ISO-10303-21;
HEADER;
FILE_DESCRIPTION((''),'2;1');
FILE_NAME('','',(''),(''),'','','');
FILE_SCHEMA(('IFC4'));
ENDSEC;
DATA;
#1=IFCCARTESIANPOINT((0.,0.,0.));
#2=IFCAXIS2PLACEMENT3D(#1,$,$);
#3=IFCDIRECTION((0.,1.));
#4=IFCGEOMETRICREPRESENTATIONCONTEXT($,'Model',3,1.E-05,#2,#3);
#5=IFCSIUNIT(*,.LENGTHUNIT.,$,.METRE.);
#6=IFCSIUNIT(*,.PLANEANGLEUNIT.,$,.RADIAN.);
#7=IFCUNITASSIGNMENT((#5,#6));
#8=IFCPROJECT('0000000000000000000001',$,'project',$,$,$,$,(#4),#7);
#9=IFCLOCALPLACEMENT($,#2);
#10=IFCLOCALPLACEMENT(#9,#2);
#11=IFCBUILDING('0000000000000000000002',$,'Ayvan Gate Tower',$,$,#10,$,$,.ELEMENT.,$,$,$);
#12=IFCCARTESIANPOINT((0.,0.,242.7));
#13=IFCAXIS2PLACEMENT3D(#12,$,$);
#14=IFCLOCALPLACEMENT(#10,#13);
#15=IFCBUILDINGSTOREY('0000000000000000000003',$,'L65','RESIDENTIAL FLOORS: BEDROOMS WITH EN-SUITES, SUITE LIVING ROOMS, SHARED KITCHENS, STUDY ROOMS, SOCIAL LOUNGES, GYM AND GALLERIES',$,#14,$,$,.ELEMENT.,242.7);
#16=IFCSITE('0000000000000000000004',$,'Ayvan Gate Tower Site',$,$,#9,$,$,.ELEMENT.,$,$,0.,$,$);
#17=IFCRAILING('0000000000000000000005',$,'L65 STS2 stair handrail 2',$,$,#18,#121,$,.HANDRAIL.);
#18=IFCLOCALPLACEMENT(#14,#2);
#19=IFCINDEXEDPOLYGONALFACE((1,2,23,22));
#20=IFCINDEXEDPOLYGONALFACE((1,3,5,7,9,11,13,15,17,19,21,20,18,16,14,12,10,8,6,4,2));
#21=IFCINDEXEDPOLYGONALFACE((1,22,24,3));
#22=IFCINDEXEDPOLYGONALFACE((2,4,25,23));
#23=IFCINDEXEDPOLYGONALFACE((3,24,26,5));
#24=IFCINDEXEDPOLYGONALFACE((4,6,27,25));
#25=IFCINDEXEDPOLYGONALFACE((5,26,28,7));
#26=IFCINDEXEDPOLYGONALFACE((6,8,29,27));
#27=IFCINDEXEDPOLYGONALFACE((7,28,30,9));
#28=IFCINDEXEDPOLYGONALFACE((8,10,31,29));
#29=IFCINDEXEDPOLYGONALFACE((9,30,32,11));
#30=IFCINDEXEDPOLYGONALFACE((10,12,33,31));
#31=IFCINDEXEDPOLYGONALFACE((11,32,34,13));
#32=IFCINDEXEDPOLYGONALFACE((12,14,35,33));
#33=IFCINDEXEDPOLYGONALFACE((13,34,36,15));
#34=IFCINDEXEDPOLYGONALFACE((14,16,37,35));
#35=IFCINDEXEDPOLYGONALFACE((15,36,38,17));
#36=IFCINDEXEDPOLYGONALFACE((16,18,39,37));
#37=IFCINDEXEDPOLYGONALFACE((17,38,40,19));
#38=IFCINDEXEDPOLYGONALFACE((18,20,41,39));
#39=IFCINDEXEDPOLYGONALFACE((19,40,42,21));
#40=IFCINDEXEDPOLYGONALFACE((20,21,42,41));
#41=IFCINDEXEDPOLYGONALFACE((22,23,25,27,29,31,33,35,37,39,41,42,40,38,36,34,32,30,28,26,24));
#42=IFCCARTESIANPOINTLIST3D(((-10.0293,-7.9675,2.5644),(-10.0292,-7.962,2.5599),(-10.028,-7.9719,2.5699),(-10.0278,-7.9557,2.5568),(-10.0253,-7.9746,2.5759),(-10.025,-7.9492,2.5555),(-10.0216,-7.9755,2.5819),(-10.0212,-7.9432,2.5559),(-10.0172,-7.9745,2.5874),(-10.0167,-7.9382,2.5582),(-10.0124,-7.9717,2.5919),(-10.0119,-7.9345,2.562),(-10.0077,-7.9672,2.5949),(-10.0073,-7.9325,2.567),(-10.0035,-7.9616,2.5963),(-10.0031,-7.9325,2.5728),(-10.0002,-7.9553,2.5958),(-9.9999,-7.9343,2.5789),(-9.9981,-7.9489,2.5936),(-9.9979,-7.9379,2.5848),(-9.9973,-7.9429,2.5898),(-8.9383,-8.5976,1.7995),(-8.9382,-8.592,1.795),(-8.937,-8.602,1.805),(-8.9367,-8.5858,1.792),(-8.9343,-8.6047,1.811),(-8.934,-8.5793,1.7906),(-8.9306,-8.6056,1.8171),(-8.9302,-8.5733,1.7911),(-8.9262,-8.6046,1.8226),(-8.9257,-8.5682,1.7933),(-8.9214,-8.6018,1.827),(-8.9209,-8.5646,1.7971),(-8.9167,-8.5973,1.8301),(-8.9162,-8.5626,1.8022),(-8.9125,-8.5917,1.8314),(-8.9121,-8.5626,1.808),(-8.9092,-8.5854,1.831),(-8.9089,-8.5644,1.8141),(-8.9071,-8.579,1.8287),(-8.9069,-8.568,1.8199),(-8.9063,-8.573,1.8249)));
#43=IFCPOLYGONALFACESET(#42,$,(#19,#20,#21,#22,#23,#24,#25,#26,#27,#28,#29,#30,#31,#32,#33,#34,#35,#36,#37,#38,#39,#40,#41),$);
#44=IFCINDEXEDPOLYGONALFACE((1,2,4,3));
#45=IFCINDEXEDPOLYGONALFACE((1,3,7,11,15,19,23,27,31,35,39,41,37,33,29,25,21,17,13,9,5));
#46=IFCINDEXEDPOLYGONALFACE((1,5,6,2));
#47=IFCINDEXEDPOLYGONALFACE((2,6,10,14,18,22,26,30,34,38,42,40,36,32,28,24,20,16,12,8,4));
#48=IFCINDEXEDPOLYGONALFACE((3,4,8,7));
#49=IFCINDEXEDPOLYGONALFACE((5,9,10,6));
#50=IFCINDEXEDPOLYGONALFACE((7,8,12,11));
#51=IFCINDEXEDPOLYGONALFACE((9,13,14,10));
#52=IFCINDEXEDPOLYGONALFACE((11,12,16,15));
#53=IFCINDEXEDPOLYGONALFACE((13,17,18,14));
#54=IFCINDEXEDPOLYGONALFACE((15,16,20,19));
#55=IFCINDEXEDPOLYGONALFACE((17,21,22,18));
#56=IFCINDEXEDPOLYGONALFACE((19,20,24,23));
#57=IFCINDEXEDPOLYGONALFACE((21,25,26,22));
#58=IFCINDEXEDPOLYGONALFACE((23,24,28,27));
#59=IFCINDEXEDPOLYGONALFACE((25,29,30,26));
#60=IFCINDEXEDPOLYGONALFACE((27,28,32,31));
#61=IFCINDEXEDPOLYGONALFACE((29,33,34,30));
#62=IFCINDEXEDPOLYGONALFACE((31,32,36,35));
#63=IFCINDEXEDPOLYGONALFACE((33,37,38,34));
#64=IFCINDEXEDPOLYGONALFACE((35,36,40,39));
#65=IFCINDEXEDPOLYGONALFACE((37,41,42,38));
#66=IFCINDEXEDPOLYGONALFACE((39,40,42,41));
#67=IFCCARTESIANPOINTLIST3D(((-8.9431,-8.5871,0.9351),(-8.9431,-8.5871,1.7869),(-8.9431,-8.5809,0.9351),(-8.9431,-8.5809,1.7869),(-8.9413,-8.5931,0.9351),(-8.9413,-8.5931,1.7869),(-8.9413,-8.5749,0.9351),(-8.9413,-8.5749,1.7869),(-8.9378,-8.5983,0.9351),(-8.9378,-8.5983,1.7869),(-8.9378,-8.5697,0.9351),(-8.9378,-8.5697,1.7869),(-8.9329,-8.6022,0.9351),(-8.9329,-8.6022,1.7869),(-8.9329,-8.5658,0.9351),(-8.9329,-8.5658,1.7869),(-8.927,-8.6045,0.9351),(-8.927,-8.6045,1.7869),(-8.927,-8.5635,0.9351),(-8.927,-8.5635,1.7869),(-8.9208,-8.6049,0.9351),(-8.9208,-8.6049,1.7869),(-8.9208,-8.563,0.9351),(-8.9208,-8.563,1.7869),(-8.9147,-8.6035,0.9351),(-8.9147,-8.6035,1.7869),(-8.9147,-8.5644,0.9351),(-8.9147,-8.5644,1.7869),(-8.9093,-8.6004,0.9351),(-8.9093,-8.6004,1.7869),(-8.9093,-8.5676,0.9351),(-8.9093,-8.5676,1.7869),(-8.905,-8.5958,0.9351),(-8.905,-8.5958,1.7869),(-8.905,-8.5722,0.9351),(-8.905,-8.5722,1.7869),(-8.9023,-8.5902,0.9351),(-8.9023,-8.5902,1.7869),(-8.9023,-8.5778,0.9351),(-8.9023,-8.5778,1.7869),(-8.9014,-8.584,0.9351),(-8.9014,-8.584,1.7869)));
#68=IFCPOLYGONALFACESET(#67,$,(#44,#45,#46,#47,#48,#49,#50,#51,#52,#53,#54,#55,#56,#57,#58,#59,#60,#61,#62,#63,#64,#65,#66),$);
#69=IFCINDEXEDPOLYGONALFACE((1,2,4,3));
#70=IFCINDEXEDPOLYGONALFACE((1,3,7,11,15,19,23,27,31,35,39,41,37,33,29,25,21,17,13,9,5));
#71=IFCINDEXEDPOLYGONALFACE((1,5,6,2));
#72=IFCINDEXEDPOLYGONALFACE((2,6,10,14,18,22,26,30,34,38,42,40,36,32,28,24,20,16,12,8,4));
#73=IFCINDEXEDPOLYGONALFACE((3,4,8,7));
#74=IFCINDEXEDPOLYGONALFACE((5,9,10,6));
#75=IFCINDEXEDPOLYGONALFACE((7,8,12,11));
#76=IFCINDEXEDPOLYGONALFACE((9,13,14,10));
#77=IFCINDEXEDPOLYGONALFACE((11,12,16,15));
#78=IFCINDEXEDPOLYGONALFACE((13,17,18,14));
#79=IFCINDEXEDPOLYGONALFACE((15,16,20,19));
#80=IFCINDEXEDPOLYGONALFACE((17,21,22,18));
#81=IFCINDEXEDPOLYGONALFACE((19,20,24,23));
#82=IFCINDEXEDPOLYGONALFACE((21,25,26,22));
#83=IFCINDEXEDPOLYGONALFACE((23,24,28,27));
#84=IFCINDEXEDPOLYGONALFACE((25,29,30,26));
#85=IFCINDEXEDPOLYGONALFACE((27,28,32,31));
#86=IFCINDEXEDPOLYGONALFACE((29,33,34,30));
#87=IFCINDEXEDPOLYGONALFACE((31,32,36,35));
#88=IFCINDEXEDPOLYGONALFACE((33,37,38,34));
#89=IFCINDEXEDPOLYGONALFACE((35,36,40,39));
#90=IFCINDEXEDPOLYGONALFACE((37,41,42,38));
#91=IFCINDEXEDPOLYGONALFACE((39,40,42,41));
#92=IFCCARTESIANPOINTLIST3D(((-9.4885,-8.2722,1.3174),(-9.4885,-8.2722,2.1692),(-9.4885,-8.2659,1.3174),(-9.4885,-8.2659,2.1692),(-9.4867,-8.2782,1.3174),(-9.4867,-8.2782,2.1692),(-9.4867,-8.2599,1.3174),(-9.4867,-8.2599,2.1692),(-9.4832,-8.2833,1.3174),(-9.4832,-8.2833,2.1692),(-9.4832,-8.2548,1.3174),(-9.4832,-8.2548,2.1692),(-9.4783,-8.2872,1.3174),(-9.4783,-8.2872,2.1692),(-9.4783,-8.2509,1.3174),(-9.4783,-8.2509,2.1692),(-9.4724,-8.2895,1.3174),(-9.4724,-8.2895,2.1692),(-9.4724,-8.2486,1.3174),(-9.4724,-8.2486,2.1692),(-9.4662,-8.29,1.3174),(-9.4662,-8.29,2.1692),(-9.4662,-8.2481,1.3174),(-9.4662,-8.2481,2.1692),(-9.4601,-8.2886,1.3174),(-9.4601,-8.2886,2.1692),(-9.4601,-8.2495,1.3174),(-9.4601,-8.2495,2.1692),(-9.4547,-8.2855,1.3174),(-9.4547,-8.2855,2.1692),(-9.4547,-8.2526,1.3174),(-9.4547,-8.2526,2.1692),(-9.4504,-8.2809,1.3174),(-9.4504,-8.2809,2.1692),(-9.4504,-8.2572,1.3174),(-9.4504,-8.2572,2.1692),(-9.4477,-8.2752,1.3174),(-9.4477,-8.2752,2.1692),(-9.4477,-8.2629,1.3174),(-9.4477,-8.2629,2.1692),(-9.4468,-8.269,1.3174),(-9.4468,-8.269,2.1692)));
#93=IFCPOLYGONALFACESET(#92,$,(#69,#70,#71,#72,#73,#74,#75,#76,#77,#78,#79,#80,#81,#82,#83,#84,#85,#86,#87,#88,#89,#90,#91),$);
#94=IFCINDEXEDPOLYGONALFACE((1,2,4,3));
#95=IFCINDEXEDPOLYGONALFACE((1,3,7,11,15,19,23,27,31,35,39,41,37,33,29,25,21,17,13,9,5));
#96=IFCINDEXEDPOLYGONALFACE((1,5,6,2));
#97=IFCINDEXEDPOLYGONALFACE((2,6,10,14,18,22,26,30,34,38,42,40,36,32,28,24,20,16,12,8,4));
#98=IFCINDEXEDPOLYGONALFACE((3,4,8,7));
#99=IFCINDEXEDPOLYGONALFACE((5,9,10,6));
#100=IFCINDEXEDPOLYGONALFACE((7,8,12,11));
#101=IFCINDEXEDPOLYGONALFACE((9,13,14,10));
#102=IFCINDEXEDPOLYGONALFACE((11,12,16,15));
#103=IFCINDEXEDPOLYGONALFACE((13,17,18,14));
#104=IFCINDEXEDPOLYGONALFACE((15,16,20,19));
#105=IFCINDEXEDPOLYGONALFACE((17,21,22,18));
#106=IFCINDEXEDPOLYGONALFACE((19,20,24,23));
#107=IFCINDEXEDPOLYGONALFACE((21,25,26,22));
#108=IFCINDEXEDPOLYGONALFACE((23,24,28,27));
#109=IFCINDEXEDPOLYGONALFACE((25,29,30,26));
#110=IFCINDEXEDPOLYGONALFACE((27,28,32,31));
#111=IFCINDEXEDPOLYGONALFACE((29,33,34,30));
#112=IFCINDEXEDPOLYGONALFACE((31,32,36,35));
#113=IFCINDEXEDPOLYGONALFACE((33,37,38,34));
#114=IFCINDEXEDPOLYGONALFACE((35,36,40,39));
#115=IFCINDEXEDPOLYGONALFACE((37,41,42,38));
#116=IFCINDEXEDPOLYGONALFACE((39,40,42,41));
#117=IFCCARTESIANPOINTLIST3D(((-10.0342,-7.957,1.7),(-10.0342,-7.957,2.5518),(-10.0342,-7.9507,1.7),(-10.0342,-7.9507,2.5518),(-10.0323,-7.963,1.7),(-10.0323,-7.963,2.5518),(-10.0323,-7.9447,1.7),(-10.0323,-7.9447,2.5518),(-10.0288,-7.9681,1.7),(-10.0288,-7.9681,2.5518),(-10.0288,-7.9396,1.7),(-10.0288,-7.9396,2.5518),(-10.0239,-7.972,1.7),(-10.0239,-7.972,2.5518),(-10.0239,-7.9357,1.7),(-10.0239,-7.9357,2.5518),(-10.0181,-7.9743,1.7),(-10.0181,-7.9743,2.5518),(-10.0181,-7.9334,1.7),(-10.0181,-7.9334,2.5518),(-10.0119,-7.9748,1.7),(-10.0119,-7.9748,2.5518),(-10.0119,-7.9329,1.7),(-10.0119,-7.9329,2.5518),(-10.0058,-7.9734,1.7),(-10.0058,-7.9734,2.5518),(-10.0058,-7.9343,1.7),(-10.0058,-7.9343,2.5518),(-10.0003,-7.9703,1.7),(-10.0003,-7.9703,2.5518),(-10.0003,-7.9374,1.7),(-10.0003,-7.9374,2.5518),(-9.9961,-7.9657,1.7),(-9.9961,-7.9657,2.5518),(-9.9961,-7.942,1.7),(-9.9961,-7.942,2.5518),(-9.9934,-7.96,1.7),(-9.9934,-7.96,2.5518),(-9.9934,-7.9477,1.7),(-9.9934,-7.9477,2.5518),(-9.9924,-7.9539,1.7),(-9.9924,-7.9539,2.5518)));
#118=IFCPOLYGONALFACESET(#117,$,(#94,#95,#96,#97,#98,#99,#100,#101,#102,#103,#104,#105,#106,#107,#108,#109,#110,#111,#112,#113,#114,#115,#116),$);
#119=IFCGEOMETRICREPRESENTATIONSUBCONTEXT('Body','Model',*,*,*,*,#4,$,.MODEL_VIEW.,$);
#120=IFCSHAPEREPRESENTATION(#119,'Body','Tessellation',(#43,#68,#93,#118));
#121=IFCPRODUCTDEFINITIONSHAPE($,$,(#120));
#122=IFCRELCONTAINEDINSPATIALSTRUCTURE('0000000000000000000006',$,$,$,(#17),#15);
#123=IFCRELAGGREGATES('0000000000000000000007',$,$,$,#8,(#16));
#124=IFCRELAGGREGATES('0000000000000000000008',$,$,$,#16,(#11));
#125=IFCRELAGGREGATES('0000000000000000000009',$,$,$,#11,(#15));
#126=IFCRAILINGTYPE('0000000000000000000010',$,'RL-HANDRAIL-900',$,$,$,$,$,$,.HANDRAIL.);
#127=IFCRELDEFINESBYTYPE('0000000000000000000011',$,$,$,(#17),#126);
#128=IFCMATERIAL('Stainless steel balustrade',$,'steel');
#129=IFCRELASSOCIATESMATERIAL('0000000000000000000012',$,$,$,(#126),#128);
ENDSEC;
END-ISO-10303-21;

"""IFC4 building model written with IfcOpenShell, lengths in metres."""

from ifc_helpers import new_model, si_unit, direction, frame, origin, origin_2d, place, context, subcontext, project, spatial, circle, extrude, material, type_object, element, save


model = new_model("IFC4")

# Units and contexts
model_context = context("Model", 3, precision=1e-05, world=origin(), true_north=direction((0.0, 1.0)))
body_context = subcontext(model_context, "Body", "Model", "MODEL_VIEW")
ifc_project = project(units=[si_unit("LENGTHUNIT", "METRE"), si_unit("PLANEANGLEUNIT", "RADIAN")], contexts=[model_context])

# Site, building, storey
site_placement = place(None, origin())
site = spatial("IfcSite", under=ifc_project, at=site_placement, Name="Ayvan Gate Tower Site", CompositionType="ELEMENT", RefElevation=0.0)
building_placement = place(site_placement, origin())
building = spatial("IfcBuilding", under=site, at=building_placement, Name="Ayvan Gate Tower", CompositionType="ELEMENT")
storey_placement = place(building_placement, frame((0.0, 0.0, 242.7)))
storey = spatial("IfcBuildingStorey", under=building, at=storey_placement, Name="L65", Description="RESIDENTIAL FLOORS: BEDROOMS WITH EN-SUITES, SUITE LIVING ROOMS, SHARED KITCHENS, STUDY ROOMS, SOCIAL LOUNGES, GYM AND GALLERIES", CompositionType="ELEMENT", Elevation=242.7)

# Railing
ifc_material_1 = material(Name="Stainless steel balustrade", Category="steel")
railing_type_1 = type_object("IfcRailingType", Name="RL-HANDRAIL-900", PredefinedType="HANDRAIL", material=ifc_material_1)
railing_1_placement = place(storey_placement, frame((-8.9224, -8.584, 0.9351)))
element("IfcRailing", 1, at=railing_1_placement, inside=storey, type_object=railing_type_1, Name="L65 STS2 stair handrail 2", PredefinedType="HANDRAIL", context=body_context, shape_type="SweptSolid", body=[
    extrude(circle(Radius=0.0239, at=origin_2d()), frame((0.0, 0.0, 0.876), z_axis=(-0.740229, 0.427508, 0.518939), x_axis=(-0.500119, -0.865956, 0.0)), (0.0, 0.0, 1.0), 1.4739),
    extrude(circle(Radius=0.021, at=origin_2d()), origin(), (0.0, 0.0, 1.0), 0.8518),
    extrude(circle(Radius=0.021, at=origin_2d()), frame((-0.5454, 0.3149, 0.3823)), (0.0, 0.0, 1.0), 0.8518),
    extrude(circle(Radius=0.021, at=origin_2d()), frame((-1.0911, 0.6301, 0.7649)), (0.0, 0.0, 1.0), 0.8518),
])

save(model, "model.ifc")
